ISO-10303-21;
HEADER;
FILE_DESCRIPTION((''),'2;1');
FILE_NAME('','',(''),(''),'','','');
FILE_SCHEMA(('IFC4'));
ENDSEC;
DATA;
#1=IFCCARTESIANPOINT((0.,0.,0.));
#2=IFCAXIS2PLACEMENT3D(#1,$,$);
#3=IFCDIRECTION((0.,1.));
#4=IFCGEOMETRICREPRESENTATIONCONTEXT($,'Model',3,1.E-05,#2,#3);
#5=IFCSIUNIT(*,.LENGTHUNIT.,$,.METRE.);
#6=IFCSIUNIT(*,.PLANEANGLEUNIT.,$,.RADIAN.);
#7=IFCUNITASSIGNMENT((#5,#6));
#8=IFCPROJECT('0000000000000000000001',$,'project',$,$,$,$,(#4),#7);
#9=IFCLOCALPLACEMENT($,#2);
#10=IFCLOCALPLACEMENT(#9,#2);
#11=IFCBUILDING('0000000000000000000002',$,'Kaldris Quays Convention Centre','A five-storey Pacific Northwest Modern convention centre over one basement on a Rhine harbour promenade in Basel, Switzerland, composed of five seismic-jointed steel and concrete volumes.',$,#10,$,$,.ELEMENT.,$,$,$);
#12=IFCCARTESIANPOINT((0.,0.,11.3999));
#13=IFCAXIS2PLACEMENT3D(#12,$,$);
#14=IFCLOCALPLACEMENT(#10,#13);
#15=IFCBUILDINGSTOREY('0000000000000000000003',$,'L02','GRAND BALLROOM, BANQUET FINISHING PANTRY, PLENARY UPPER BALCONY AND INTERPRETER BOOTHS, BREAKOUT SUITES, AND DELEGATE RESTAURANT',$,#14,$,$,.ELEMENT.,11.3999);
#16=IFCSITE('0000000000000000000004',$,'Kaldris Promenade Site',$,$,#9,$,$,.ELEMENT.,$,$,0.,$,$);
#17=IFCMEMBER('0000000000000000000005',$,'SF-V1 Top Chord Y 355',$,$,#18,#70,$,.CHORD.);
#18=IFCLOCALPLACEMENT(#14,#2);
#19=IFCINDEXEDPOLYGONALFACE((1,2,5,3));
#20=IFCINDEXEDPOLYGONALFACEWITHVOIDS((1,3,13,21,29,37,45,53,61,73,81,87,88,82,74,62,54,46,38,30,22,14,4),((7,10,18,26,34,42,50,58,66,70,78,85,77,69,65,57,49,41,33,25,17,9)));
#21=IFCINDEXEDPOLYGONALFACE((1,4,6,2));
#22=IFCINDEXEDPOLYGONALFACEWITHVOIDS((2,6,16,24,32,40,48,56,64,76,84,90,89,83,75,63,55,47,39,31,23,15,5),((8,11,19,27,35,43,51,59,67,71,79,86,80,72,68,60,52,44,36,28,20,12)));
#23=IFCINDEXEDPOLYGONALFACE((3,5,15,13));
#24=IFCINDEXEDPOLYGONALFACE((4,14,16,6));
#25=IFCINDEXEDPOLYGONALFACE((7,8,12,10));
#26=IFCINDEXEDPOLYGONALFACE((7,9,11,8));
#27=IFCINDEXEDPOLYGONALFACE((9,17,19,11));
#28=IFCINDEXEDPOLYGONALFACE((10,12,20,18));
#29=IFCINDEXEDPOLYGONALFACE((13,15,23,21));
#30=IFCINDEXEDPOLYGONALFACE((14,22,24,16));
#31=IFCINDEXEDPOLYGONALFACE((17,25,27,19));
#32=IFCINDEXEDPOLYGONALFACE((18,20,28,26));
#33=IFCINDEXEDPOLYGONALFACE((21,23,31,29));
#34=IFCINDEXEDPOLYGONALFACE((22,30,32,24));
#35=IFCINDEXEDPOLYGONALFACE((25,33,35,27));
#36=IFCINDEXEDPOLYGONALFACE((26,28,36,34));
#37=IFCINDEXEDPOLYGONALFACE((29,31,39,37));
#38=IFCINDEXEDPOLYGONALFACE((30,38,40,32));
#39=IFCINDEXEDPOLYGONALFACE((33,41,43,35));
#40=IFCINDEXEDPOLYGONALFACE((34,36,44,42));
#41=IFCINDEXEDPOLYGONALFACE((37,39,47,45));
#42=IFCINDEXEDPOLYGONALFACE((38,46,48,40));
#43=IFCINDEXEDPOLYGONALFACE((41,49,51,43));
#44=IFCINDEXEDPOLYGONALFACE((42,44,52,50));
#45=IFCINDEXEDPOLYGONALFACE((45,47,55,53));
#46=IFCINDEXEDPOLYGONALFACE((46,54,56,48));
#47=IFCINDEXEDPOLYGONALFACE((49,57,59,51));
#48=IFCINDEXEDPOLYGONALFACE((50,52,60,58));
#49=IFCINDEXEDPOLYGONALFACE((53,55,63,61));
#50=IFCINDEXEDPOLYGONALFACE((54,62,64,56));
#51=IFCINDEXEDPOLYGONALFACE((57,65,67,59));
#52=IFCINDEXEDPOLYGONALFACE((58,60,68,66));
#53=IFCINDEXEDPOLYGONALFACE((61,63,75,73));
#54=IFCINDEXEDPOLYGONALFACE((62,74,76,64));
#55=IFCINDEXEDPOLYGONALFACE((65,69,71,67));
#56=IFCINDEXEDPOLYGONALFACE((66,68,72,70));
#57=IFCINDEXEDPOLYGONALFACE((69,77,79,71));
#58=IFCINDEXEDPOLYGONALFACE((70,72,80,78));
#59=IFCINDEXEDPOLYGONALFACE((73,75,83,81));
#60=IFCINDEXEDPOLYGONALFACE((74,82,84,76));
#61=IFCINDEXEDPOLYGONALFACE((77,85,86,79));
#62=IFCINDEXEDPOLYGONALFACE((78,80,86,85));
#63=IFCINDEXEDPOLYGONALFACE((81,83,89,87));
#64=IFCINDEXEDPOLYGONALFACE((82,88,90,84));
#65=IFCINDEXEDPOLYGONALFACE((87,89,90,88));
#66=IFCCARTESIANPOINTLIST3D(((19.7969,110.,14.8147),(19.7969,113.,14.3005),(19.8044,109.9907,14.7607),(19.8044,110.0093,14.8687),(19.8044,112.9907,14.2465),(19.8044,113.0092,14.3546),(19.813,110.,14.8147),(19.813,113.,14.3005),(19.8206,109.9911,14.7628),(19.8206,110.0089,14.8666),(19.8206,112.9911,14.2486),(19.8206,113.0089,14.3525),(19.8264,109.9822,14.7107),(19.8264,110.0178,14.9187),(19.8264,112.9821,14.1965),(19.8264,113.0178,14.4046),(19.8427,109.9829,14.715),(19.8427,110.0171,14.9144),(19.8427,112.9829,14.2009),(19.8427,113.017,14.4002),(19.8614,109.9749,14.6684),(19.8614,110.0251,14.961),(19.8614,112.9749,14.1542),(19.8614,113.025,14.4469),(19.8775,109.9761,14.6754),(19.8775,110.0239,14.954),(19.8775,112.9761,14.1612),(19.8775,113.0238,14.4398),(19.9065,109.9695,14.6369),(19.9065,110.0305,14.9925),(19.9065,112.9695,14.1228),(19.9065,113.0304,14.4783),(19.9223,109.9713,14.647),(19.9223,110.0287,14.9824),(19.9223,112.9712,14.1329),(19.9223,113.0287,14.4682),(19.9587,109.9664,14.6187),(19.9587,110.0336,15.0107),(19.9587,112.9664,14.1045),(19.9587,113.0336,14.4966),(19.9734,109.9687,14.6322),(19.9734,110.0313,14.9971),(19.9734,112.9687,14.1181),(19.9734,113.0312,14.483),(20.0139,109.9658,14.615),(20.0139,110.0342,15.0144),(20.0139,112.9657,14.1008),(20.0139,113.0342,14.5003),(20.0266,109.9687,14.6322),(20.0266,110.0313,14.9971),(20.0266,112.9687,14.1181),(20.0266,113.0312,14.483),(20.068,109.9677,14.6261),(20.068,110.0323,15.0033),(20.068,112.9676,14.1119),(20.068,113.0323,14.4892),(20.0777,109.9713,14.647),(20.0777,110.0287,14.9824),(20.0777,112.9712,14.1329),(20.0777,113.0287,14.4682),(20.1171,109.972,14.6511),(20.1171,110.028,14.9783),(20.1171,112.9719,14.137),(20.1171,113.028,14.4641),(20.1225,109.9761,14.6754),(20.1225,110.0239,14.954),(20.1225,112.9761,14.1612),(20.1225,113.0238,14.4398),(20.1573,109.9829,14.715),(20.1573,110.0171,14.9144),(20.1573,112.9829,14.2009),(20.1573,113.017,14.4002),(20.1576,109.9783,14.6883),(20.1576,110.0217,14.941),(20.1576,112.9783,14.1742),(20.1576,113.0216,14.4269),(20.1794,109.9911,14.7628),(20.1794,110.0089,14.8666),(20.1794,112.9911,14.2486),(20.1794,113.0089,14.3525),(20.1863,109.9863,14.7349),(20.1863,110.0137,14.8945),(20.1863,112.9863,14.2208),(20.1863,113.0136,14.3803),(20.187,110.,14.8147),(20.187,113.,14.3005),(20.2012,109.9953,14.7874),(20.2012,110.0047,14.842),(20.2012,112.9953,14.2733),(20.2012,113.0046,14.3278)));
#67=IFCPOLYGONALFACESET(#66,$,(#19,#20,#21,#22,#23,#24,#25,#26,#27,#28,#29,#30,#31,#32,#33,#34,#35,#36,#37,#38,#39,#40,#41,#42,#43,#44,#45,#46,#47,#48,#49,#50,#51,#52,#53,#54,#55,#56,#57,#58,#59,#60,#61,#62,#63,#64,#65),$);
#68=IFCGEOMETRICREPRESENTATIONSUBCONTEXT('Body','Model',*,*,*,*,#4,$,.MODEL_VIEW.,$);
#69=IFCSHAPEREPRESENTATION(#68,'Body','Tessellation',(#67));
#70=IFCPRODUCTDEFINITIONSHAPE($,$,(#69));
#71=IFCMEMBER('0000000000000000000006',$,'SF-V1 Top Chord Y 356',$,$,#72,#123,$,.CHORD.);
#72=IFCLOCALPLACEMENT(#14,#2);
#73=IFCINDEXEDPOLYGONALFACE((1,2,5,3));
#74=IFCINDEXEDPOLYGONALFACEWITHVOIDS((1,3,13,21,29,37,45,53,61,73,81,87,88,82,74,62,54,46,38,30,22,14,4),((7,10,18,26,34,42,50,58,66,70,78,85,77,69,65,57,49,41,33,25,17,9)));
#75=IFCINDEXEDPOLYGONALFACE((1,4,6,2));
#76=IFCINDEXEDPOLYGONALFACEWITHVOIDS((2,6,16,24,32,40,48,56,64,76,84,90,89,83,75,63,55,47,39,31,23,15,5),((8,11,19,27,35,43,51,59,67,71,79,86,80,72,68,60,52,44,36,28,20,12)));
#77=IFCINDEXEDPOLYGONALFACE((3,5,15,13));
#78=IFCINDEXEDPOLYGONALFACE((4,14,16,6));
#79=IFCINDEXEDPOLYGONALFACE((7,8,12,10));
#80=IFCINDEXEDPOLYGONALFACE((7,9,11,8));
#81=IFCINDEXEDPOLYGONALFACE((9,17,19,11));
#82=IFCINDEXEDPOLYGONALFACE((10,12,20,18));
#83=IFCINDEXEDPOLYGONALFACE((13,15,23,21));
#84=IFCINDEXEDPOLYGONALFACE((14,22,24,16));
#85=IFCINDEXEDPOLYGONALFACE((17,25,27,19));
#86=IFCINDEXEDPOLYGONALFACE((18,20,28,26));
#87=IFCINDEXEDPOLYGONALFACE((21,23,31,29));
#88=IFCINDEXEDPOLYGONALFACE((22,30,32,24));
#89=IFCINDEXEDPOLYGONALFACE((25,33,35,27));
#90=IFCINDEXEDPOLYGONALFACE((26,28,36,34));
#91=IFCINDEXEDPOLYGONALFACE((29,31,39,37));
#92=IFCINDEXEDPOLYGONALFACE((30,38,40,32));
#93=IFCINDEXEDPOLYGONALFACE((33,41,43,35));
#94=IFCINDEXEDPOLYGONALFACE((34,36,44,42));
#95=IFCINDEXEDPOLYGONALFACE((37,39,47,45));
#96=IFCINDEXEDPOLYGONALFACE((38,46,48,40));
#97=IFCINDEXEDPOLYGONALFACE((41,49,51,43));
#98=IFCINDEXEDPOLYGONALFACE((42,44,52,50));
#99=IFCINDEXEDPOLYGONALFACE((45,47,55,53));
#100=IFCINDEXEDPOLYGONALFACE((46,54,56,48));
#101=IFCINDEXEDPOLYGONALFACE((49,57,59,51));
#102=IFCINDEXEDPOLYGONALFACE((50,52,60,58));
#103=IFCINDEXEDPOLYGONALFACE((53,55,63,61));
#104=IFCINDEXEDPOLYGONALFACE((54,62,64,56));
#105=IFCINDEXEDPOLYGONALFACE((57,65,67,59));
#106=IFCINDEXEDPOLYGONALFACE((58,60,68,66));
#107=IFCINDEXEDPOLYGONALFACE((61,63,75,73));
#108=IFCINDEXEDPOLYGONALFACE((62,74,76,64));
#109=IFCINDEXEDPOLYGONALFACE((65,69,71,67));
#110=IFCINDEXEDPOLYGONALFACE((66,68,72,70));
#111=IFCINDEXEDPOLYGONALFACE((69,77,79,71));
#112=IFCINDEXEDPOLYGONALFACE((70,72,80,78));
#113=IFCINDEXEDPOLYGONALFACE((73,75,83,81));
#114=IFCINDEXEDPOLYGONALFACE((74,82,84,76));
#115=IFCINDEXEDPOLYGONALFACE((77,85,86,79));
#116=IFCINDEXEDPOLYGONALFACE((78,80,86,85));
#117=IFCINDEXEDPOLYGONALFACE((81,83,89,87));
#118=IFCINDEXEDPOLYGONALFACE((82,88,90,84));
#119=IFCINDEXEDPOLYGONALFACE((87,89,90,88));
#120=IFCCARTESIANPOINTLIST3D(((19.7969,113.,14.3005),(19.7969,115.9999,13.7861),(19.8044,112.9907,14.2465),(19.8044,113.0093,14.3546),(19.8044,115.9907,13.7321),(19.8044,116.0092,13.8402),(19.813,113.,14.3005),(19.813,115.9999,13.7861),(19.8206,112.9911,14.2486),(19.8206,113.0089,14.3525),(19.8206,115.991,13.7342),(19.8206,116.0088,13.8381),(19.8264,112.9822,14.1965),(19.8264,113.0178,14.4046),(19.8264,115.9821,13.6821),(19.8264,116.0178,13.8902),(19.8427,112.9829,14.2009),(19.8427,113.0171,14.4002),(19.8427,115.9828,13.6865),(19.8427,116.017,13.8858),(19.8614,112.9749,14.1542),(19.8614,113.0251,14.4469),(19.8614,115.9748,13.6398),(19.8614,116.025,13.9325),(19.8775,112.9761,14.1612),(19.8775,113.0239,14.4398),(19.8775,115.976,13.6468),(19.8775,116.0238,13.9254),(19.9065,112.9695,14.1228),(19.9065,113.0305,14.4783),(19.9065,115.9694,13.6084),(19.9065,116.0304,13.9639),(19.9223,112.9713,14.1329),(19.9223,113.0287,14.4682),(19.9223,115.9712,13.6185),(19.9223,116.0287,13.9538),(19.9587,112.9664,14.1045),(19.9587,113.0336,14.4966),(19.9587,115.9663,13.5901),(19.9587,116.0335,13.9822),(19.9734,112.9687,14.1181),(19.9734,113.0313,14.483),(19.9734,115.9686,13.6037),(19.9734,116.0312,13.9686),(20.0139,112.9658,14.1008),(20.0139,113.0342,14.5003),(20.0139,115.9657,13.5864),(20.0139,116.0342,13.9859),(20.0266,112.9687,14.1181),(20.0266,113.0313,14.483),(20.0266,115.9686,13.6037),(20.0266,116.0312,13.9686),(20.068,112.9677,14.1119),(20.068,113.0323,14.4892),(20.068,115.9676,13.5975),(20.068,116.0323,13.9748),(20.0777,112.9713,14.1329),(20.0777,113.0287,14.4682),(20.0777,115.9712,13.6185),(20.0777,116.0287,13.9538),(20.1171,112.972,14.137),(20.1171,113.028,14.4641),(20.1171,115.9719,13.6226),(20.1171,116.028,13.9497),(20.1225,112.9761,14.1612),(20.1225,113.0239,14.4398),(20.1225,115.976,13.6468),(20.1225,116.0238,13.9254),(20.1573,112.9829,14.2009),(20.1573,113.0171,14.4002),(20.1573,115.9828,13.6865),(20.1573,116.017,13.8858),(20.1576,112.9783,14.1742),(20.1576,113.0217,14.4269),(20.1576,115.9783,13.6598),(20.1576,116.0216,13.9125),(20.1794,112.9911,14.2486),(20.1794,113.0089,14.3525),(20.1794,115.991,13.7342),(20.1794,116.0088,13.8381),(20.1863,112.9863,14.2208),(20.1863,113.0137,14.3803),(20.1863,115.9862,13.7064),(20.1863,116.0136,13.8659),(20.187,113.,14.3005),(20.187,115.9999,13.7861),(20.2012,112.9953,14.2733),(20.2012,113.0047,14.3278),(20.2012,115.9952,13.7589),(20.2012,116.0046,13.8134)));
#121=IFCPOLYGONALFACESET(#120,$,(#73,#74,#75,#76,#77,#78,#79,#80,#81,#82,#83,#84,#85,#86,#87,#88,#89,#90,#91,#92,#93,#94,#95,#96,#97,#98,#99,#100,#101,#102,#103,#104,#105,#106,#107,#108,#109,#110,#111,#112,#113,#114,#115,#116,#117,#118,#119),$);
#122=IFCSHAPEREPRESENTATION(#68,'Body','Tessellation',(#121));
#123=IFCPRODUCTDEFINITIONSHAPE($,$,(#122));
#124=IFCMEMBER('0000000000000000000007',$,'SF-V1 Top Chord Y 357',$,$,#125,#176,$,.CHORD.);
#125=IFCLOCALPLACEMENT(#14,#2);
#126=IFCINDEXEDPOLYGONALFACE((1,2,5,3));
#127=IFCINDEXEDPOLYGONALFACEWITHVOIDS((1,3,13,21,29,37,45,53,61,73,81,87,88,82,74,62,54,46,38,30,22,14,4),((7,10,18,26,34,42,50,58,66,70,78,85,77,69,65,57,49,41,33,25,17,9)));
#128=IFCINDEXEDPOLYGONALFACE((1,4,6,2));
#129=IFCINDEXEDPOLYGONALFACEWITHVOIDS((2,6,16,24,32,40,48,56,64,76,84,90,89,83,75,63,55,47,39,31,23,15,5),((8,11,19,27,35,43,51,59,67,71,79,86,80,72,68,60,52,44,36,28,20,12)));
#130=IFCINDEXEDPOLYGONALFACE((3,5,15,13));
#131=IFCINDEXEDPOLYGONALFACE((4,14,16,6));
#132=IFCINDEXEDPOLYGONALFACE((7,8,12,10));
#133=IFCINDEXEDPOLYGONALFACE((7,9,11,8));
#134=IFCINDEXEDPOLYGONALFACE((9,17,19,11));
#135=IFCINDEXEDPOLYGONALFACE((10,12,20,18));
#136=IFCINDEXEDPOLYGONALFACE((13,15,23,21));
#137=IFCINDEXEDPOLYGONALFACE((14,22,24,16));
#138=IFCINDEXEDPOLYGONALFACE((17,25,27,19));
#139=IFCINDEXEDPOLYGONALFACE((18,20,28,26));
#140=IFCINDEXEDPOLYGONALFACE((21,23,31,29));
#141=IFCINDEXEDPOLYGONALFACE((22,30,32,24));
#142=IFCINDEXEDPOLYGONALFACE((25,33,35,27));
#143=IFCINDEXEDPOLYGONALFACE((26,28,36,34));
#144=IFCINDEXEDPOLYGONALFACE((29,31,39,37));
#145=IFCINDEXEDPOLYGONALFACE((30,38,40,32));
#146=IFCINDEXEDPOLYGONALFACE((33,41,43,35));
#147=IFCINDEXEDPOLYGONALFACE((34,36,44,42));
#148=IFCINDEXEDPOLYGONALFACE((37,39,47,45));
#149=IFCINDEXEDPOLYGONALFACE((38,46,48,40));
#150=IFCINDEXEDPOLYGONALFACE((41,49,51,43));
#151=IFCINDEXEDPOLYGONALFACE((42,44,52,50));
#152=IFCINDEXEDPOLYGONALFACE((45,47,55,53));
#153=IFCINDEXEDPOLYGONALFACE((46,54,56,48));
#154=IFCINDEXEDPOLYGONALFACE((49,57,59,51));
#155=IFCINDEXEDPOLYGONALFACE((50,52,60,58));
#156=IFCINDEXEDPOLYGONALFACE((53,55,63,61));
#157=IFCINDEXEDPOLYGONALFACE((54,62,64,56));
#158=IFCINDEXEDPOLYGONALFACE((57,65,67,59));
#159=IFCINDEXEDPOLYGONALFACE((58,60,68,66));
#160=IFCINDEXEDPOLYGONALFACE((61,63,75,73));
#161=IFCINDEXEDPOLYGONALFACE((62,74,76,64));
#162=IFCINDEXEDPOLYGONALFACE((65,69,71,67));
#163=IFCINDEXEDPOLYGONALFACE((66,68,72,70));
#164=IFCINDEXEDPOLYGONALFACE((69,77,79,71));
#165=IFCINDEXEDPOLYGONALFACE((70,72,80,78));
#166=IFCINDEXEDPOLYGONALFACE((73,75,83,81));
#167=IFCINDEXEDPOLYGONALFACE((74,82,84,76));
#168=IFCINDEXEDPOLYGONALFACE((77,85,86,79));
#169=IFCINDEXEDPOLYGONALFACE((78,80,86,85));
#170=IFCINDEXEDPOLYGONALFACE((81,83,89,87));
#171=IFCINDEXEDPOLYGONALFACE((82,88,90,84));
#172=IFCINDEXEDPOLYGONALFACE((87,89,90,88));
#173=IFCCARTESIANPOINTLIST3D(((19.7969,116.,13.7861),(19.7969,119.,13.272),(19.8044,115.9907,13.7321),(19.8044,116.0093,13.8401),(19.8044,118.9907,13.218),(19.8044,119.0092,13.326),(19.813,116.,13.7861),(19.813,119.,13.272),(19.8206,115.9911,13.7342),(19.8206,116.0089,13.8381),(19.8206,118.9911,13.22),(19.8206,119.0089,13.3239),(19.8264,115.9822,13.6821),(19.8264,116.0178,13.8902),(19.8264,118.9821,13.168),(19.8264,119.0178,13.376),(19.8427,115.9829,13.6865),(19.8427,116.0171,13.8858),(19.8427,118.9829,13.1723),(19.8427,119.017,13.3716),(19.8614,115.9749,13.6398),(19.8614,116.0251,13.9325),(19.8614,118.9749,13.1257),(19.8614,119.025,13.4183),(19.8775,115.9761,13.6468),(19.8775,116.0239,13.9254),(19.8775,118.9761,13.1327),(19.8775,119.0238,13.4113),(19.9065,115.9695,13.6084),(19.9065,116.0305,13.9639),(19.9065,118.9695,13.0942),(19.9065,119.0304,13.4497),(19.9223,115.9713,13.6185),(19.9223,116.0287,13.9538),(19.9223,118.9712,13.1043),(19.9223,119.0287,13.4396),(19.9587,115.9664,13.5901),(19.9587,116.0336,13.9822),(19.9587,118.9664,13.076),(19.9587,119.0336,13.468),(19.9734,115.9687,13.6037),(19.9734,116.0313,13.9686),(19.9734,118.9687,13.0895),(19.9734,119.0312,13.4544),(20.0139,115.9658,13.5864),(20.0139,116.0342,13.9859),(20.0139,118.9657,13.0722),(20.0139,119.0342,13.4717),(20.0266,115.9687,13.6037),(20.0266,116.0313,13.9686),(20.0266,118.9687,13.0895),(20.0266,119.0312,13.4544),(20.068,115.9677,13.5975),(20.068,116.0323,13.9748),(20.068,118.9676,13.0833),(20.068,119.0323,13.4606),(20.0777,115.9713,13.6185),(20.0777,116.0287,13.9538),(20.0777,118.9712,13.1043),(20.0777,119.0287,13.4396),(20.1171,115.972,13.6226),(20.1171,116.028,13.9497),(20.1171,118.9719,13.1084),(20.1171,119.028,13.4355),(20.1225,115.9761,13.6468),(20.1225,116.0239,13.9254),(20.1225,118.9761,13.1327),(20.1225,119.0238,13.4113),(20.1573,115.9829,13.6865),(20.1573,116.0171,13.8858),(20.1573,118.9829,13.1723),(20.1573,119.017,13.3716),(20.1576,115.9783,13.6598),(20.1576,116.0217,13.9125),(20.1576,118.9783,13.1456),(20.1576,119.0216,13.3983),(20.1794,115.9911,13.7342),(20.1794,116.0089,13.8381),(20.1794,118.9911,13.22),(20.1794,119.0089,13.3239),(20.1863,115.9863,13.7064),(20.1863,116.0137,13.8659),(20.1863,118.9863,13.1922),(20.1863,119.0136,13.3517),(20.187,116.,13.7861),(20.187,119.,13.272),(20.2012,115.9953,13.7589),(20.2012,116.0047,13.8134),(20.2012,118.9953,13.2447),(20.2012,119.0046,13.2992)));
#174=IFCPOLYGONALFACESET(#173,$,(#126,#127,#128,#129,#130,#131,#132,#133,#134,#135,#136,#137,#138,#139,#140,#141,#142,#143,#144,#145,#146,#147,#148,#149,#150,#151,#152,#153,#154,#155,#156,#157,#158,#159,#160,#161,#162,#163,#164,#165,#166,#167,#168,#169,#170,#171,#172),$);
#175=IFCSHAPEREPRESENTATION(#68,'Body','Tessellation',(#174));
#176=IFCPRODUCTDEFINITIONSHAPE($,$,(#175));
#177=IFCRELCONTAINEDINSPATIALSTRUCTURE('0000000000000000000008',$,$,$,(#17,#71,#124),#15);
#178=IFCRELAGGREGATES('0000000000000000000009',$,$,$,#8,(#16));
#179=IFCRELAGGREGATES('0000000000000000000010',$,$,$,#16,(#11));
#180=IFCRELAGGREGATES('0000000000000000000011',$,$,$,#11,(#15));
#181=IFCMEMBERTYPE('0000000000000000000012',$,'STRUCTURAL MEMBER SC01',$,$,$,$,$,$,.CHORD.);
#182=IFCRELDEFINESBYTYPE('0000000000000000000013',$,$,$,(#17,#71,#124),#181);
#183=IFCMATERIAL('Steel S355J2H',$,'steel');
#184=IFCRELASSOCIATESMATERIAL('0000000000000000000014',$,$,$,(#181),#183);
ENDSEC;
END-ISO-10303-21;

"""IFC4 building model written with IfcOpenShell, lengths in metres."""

from ifc_helpers import new_model, si_unit, direction, frame, origin, origin_2d, place, context, subcontext, project, spatial, hollow_circle, extrude, material, material_profile, profile_set, type_object, element, save


model = new_model("IFC4")

# Units and contexts
model_context = context("Model", 3, precision=1e-05, world=origin(), true_north=direction((0.0, 1.0)))
body_context = subcontext(model_context, "Body", "Model", "MODEL_VIEW")
ifc_project = project(units=[si_unit("LENGTHUNIT", "METRE"), si_unit("PLANEANGLEUNIT", "RADIAN")], contexts=[model_context])

# Site, building, storey
site_placement = place(None, origin())
site = spatial("IfcSite", under=ifc_project, at=site_placement, Name="Kaldris Promenade Site", CompositionType="ELEMENT", RefElevation=0.0)
building_placement = place(site_placement, origin())
building = spatial("IfcBuilding", under=site, at=building_placement, Name="Kaldris Quays Convention Centre", Description="A five-storey Pacific Northwest Modern convention centre over one basement on a Rhine harbour promenade in Basel, Switzerland, composed of five seismic-jointed steel and concrete volumes.", CompositionType="ELEMENT")
storey_placement = place(building_placement, frame((0.0, 0.0, 11.3999)))
storey = spatial("IfcBuildingStorey", under=building, at=storey_placement, Name="L02", Description="GRAND BALLROOM, BANQUET FINISHING PANTRY, PLENARY UPPER BALCONY AND INTERPRETER BOOTHS, BREAKOUT SUITES, AND DELEGATE RESTAURANT", CompositionType="ELEMENT", Elevation=11.3999)

# Members
ifc_material_1 = material(Name="Steel S355J2H", Category="steel")
ifc_material_profile_1 = material_profile(ifc_material_1, hollow_circle(Radius=0.2031, WallThickness=0.0161, at=origin_2d()), Name="CHS 406.4x16")
ifc_profile_set_1 = profile_set([ifc_material_profile_1], Name="Steel S355J2H")
member_type_1 = type_object("IfcMemberType", Name="STRUCTURAL MEMBER SC01", PredefinedType="CHORD", material=ifc_profile_set_1)
for number, where, z_axis, x_axis, name in (
    (1, (20.0, 110.0, 14.8147), (0.0, 0.985629, -0.168924), (-1.0, 0.0, 0.0), "SF-V1 Top Chord Y 355"),
    (2, (20.0, 113.0, 14.3005), (0.0, 0.985616, -0.169002), (-1.0, 0.0, 0.0), "SF-V1 Top Chord Y 356"),
    (3, (20.0, 116.0, 13.7861), (0.0, 0.985629, -0.168924), (-1.0, 0.0, 0.0), "SF-V1 Top Chord Y 357"),
):
    element("IfcMember", number, at=place(storey_placement, frame(where, z_axis=z_axis, x_axis=x_axis)), inside=storey, type_object=member_type_1, Name=name, PredefinedType="CHORD", context=body_context, shape_type="SweptSolid", body=[
        extrude(hollow_circle(Radius=0.2031, WallThickness=0.0161, at=origin_2d()), origin(), (0.0, 0.0, 1.0), 3.0437),
    ])

save(model, "model.ifc")
